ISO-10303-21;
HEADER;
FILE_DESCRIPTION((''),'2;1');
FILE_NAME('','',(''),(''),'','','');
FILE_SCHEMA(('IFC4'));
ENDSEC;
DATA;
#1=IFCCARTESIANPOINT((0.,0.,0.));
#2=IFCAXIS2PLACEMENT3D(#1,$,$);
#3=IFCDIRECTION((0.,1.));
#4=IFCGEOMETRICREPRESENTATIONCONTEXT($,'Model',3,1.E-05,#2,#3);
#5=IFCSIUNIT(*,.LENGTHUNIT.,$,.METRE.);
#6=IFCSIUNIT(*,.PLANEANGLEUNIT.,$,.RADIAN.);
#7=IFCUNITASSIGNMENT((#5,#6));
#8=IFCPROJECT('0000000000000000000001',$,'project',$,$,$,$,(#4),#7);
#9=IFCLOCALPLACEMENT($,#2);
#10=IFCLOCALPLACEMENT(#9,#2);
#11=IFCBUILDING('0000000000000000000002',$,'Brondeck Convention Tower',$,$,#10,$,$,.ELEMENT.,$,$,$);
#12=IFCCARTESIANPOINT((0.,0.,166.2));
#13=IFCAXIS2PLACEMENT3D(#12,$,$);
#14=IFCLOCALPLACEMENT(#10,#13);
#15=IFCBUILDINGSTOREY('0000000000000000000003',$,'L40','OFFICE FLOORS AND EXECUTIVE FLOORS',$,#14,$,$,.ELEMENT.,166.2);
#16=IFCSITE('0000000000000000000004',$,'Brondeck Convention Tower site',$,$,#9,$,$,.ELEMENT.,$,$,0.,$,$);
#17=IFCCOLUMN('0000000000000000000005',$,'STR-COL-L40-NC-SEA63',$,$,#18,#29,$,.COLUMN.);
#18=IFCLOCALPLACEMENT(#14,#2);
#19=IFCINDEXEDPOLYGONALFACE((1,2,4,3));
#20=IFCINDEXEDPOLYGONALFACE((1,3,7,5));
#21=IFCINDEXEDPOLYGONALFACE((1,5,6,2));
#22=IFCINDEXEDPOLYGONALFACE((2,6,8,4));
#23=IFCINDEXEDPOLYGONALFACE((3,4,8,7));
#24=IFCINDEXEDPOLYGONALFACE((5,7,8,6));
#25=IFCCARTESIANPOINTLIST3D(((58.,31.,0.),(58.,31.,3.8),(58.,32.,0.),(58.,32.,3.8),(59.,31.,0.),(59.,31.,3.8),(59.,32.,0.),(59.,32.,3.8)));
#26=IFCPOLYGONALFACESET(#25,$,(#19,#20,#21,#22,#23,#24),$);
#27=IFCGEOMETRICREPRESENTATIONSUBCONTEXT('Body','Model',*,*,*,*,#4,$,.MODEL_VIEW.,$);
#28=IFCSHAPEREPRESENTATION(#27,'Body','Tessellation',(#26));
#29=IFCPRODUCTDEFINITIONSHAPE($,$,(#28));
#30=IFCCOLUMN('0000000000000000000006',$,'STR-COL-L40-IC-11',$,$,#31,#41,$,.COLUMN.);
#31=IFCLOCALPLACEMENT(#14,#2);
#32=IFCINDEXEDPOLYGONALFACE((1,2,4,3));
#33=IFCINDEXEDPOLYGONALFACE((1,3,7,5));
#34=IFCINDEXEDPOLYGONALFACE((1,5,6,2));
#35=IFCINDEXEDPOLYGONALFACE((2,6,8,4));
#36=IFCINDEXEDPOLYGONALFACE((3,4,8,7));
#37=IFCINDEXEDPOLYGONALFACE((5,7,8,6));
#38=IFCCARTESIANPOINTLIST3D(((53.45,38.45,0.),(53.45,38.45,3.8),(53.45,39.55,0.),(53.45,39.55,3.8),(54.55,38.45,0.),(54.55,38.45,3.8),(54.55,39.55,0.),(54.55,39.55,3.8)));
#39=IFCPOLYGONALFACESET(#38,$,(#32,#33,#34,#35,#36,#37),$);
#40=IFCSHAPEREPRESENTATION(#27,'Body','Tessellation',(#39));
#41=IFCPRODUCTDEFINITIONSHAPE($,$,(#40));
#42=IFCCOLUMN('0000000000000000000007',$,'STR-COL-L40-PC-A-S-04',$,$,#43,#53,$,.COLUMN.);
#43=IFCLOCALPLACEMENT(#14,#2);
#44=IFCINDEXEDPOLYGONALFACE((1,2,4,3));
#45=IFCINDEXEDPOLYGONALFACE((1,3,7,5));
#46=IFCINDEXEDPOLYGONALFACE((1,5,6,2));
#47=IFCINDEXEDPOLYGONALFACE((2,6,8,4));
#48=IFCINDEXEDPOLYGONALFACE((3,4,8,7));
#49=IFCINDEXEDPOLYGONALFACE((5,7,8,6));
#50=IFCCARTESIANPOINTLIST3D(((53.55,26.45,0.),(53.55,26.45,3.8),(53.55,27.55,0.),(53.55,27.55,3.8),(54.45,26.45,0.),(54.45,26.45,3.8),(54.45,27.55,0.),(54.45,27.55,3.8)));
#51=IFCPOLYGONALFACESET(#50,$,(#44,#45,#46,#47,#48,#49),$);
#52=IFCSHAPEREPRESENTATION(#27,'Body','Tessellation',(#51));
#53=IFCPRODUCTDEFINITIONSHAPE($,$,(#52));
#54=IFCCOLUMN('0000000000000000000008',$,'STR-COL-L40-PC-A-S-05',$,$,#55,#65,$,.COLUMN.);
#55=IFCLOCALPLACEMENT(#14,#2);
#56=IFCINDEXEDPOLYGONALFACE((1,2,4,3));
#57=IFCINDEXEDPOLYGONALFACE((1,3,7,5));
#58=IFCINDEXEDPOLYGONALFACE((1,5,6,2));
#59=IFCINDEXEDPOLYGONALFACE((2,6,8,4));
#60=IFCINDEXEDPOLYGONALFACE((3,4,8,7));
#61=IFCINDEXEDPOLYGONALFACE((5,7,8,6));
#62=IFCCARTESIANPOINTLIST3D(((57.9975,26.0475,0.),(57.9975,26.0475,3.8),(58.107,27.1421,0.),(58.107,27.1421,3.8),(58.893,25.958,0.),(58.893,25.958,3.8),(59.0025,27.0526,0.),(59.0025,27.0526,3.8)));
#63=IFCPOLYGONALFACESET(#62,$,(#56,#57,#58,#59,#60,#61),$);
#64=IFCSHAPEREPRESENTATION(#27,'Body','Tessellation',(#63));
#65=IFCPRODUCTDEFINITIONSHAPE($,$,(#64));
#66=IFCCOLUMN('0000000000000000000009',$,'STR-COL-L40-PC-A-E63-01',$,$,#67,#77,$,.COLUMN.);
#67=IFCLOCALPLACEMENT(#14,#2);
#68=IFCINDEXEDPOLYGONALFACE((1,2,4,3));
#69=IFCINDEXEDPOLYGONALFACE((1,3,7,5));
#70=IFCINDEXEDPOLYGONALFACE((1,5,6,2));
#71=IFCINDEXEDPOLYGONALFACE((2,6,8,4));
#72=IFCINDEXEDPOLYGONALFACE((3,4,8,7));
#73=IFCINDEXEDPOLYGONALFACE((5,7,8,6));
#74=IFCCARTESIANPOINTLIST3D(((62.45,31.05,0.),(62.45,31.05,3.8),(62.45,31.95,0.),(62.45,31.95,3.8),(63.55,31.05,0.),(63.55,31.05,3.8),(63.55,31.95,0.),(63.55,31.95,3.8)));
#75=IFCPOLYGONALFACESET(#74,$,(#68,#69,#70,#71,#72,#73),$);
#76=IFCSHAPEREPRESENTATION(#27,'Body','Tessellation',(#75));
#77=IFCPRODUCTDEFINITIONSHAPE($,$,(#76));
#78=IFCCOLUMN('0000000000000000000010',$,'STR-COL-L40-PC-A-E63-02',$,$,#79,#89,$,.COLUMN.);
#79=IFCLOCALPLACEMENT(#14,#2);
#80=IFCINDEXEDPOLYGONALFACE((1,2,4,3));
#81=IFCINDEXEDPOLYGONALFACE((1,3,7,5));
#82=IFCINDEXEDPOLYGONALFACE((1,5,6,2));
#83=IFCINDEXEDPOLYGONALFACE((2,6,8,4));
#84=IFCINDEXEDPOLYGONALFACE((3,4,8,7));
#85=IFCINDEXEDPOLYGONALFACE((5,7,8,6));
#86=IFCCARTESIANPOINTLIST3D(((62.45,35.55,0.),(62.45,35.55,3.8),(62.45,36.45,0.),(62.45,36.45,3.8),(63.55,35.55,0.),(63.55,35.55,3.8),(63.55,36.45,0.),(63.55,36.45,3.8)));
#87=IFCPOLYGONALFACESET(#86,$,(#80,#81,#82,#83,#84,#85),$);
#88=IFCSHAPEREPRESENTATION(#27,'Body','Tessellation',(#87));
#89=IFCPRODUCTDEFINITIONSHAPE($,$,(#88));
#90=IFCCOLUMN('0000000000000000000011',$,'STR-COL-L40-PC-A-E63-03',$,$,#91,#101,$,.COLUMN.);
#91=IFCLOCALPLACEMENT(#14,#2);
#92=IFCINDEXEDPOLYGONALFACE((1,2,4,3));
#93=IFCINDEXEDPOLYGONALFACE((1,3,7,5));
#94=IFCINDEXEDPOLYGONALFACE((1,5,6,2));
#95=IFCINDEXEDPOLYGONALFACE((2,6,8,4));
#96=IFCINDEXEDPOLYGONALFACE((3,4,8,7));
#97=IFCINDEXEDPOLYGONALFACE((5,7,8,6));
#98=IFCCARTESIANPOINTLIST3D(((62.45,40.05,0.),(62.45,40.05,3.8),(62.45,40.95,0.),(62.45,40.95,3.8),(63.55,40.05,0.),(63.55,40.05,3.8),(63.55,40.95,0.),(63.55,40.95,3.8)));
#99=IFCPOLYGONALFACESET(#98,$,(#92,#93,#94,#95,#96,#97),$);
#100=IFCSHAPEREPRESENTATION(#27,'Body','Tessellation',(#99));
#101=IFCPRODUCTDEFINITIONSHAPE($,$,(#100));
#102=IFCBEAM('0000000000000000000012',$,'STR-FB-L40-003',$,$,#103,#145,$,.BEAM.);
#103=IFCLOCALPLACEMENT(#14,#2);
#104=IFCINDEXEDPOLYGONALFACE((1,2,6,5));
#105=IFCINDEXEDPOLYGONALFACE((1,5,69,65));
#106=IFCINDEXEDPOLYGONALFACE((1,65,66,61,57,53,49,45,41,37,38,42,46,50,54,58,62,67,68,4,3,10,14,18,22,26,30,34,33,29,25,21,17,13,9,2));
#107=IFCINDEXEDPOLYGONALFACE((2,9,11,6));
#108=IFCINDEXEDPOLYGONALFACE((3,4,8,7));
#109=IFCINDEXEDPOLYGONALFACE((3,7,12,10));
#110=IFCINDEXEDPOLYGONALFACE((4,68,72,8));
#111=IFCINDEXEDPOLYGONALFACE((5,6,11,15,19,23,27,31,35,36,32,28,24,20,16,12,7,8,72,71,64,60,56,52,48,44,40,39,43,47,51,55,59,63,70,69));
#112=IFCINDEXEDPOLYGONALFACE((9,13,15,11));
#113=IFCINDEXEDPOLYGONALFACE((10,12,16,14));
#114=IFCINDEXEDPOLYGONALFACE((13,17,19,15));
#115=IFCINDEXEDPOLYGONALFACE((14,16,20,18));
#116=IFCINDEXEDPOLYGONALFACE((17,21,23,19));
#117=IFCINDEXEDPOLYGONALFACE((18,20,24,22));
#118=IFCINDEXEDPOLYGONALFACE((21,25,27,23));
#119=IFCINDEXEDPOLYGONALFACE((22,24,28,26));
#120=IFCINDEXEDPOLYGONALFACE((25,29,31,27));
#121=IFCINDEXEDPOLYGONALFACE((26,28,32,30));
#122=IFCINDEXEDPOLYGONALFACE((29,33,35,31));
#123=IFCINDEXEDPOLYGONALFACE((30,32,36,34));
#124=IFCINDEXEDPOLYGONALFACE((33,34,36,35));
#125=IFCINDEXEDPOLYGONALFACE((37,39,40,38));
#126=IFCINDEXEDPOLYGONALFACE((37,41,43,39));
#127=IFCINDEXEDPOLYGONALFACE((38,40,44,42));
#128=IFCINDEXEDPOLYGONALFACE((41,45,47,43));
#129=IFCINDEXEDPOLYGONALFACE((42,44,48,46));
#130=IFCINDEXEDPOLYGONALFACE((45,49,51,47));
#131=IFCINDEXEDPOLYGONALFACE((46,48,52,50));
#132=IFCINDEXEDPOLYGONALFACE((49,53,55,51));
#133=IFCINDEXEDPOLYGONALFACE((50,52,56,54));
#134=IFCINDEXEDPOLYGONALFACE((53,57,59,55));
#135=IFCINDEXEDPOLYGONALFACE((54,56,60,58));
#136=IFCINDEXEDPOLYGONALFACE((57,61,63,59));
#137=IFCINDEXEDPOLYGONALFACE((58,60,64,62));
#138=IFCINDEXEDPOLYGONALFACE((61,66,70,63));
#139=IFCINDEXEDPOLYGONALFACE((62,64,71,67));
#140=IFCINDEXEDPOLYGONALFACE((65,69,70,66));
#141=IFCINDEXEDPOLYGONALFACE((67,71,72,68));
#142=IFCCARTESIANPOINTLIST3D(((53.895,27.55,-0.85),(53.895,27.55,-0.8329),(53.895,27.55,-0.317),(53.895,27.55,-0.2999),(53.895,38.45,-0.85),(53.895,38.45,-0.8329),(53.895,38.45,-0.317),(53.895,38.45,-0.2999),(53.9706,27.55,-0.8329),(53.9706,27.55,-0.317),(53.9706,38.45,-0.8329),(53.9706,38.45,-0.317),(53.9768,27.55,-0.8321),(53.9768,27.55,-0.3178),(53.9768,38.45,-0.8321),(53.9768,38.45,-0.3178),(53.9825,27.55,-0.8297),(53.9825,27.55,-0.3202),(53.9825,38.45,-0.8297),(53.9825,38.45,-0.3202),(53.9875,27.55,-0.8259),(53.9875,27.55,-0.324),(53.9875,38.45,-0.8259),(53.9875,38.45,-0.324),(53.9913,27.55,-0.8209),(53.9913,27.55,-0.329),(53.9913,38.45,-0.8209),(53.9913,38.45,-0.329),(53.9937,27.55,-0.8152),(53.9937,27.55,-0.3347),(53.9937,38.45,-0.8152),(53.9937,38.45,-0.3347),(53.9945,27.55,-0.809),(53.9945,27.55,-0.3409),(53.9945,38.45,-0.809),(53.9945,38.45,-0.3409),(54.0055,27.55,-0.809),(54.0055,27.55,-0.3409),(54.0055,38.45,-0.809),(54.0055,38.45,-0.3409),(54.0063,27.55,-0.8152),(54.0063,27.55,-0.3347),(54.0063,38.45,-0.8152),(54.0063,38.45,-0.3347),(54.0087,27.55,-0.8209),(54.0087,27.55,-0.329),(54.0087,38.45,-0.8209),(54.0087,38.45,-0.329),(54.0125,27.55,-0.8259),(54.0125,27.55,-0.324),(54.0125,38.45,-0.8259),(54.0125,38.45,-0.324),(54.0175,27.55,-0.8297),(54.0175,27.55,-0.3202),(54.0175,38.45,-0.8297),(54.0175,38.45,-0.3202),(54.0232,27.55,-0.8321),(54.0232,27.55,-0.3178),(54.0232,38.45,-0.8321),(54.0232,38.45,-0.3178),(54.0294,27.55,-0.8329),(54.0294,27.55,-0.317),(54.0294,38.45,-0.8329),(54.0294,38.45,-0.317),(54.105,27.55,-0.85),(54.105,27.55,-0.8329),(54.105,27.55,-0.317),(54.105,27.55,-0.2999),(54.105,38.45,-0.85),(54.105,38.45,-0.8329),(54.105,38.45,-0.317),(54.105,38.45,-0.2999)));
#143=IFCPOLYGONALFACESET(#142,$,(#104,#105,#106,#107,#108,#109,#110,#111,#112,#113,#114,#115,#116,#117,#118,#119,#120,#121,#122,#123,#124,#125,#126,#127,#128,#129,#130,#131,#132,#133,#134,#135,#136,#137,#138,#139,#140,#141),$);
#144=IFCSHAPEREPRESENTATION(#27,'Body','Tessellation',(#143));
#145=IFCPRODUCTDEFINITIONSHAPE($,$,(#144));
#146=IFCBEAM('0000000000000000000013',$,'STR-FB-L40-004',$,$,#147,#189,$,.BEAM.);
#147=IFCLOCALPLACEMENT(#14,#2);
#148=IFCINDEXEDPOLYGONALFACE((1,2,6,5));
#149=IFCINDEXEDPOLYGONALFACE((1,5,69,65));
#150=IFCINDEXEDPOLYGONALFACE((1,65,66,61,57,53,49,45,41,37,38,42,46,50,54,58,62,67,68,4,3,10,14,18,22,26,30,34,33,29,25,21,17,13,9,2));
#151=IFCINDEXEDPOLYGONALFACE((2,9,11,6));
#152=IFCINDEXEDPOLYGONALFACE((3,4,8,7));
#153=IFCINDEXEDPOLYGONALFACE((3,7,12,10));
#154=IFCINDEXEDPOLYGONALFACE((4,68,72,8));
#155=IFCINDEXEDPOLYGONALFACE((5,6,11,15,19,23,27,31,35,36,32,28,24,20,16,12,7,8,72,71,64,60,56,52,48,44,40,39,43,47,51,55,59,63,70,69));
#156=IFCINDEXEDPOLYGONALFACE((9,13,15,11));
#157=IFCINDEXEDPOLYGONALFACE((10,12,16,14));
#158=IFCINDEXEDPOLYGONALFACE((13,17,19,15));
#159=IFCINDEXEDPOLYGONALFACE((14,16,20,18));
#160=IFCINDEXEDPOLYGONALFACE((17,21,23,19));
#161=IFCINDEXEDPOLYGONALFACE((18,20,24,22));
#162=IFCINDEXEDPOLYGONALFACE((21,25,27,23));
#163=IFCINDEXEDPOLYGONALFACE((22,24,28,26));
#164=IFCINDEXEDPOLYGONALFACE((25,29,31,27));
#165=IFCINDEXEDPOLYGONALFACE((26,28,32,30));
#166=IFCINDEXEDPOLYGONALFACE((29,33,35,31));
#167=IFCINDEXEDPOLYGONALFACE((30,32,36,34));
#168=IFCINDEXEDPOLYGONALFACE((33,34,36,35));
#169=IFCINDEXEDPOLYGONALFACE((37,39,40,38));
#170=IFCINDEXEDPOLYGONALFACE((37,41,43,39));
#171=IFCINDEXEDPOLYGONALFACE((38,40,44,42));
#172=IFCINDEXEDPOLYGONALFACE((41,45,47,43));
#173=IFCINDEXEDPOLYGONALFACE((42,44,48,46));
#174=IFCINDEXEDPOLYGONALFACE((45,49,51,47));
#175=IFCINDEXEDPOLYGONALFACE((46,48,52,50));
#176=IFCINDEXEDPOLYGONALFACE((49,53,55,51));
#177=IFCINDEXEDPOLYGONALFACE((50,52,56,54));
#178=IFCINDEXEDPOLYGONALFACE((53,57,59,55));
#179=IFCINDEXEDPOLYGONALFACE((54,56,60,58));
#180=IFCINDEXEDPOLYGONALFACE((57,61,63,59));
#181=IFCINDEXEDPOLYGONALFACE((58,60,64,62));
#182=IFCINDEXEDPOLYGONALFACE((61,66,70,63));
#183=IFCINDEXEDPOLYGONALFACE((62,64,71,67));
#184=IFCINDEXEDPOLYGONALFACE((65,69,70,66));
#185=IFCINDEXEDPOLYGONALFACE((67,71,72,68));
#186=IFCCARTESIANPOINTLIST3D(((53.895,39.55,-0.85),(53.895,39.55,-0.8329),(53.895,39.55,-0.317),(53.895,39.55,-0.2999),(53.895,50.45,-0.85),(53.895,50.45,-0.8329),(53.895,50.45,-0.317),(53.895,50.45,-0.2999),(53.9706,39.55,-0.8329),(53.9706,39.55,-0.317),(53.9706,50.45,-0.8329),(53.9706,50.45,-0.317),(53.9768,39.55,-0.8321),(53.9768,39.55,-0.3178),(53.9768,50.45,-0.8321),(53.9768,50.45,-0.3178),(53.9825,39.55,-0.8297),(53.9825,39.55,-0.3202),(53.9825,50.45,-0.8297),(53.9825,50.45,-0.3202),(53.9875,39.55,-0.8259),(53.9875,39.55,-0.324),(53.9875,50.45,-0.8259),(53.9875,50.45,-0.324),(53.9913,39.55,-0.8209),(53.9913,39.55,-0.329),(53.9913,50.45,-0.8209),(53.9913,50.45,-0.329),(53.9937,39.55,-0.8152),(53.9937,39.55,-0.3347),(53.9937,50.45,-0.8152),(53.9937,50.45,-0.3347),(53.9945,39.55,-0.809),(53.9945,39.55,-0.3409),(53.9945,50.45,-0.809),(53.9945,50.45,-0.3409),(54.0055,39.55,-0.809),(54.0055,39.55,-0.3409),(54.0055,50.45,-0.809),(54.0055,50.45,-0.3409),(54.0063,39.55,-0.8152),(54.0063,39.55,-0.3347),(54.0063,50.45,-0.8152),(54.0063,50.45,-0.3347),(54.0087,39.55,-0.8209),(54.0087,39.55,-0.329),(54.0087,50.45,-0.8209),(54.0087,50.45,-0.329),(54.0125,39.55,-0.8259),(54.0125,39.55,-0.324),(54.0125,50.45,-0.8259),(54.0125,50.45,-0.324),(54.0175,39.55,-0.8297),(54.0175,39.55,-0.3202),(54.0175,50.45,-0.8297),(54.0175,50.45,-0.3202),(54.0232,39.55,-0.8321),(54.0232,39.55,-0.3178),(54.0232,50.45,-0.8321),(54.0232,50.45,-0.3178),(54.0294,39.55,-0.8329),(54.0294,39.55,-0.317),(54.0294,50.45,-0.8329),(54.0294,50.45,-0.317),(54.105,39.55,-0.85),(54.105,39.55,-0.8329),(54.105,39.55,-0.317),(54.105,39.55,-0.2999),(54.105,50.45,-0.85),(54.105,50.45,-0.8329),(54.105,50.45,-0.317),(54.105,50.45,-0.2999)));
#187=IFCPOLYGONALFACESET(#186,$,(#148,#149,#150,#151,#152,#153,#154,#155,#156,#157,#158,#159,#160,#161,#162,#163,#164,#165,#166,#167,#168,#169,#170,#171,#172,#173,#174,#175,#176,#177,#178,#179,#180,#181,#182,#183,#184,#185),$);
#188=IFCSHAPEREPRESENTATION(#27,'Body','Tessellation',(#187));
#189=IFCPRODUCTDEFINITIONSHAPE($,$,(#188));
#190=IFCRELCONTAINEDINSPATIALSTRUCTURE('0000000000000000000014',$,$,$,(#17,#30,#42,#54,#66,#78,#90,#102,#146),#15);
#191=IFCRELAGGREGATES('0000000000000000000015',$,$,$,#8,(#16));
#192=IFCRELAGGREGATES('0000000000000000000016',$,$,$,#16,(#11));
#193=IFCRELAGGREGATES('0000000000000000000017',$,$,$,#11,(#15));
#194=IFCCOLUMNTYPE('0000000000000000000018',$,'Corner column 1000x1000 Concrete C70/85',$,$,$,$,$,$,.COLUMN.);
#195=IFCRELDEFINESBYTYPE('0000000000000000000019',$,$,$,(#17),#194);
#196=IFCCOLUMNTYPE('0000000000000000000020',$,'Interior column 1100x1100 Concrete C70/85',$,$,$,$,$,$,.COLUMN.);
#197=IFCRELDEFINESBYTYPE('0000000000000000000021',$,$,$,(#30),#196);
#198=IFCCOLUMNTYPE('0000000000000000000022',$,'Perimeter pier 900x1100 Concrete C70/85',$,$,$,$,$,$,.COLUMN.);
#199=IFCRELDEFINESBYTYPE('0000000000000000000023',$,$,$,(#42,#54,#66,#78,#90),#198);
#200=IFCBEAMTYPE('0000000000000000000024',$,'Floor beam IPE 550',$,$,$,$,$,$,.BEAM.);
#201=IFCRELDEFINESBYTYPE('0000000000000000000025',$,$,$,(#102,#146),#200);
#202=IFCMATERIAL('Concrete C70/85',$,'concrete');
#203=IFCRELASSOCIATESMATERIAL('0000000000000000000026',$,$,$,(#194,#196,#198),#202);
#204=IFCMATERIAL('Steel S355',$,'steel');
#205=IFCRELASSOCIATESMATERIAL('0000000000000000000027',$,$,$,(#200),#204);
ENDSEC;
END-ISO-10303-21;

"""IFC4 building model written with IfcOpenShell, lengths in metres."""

from ifc_helpers import new_model, si_unit, direction, frame, origin, origin_2d, place, context, subcontext, project, spatial, rectangle, i_section, extrude, material, material_profile, profile_set, type_object, element, save


model = new_model("IFC4")

# Units and contexts
model_context = context("Model", 3, precision=1e-05, world=origin(), true_north=direction((0.0, 1.0)))
body_context = subcontext(model_context, "Body", "Model", "MODEL_VIEW")
ifc_project = project(units=[si_unit("LENGTHUNIT", "METRE"), si_unit("PLANEANGLEUNIT", "RADIAN")], contexts=[model_context])

# Site, building, storey
site_placement = place(None, origin())
site = spatial("IfcSite", under=ifc_project, at=site_placement, Name="Brondeck Convention Tower site", CompositionType="ELEMENT", RefElevation=0.0)
building_placement = place(site_placement, origin())
building = spatial("IfcBuilding", under=site, at=building_placement, Name="Brondeck Convention Tower", CompositionType="ELEMENT")
storey_placement = place(building_placement, frame((0.0, 0.0, 166.2)))
storey = spatial("IfcBuildingStorey", under=building, at=storey_placement, Name="L40", Description="OFFICE FLOORS AND EXECUTIVE FLOORS", CompositionType="ELEMENT", Elevation=166.2)

# Columns
ifc_material_1 = material(Name="Concrete C70/85", Category="concrete")
ifc_material_profile_1 = material_profile(ifc_material_1, rectangle(XDim=1.0, YDim=1.0, at=origin_2d()), Name="Corner column 1000x1000 Concrete C70/85")
ifc_profile_set_1 = profile_set([ifc_material_profile_1], Name="Concrete C70/85")
column_type_1 = type_object("IfcColumnType", Name="Corner column 1000x1000 Concrete C70/85", PredefinedType="COLUMN", material=ifc_profile_set_1)
column_1_placement = place(storey_placement, frame((58.5, 31.5, 0.0), z_axis=(0.0, 0.0, 1.0), x_axis=(1.0, 0.0, 0.0)))
element("IfcColumn", 1, at=column_1_placement, inside=storey, type_object=column_type_1, Name="STR-COL-L40-NC-SEA63", PredefinedType="COLUMN", context=body_context, shape_type="SweptSolid", body=[
    extrude(rectangle(XDim=1.0, YDim=1.0, at=origin_2d()), origin(), (0.0, 0.0, 1.0), 3.8),
])
ifc_material_profile_2 = material_profile(ifc_material_1, rectangle(XDim=1.1001, YDim=1.1001, at=origin_2d()), Name="Interior column 1100x1100 Concrete C70/85")
ifc_profile_set_2 = profile_set([ifc_material_profile_2], Name="Concrete C70/85")
column_type_2 = type_object("IfcColumnType", Name="Interior column 1100x1100 Concrete C70/85", PredefinedType="COLUMN", material=ifc_profile_set_2)
column_2_placement = place(storey_placement, frame((54.0, 39.0, 0.0), z_axis=(0.0, 0.0, 1.0), x_axis=(1.0, 0.0, 0.0)))
element("IfcColumn", 2, at=column_2_placement, inside=storey, type_object=column_type_2, Name="STR-COL-L40-IC-11", PredefinedType="COLUMN", context=body_context, shape_type="SweptSolid", body=[
    extrude(rectangle(XDim=1.1001, YDim=1.1001, at=origin_2d()), origin(), (0.0, 0.0, 1.0), 3.8),
])
ifc_material_profile_3 = material_profile(ifc_material_1, rectangle(XDim=0.8999, YDim=1.1001, at=origin_2d()), Name="Perimeter pier 900x1100 Concrete C70/85")
ifc_profile_set_3 = profile_set([ifc_material_profile_3], Name="Concrete C70/85")
column_type_3 = type_object("IfcColumnType", Name="Perimeter pier 900x1100 Concrete C70/85", PredefinedType="COLUMN", material=ifc_profile_set_3)
for number, where, z_axis, x_axis, name in (
    (3, (54.0, 27.0, 0.0), (0.0, 0.0, 1.0), (1.0, 0.0, 0.0), "STR-COL-L40-PC-A-S-04"),
    (4, (58.5, 26.55, 0.0), (0.0, 0.0, 1.0), (0.995037, -0.099504, 0.0), "STR-COL-L40-PC-A-S-05"),
    (5, (63.0, 31.5, 0.0), (0.0, 0.0, 1.0), (0.0, 1.0, 0.0), "STR-COL-L40-PC-A-E63-01"),
    (6, (63.0, 36.0, 0.0), (0.0, 0.0, 1.0), (0.0, 1.0, 0.0), "STR-COL-L40-PC-A-E63-02"),
    (7, (63.0, 40.5, 0.0), (0.0, 0.0, 1.0), (0.0, 1.0, 0.0), "STR-COL-L40-PC-A-E63-03"),
):
    element("IfcColumn", number, at=place(storey_placement, frame(where, z_axis=z_axis, x_axis=x_axis)), inside=storey, type_object=column_type_3, Name=name, PredefinedType="COLUMN", context=body_context, shape_type="SweptSolid", body=[
        extrude(rectangle(XDim=0.8999, YDim=1.1001, at=origin_2d()), origin(), (0.0, 0.0, 1.0), 3.8),
    ])

# Beams
ifc_material_2 = material(Name="Steel S355", Category="steel")
ifc_material_profile_4 = material_profile(ifc_material_2, i_section(OverallWidth=0.21, OverallDepth=0.55, WebThickness=0.011, FlangeThickness=0.0171, FilletRadius=0.0239, at=origin_2d()), Name="IPE 550")
ifc_profile_set_4 = profile_set([ifc_material_profile_4], Name="Steel S355")
beam_type_1 = type_object("IfcBeamType", Name="Floor beam IPE 550", PredefinedType="BEAM", material=ifc_profile_set_4)
for number, where, z_axis, x_axis, name in (
    (8, (54.0, 27.55, -0.575), (0.0, 1.0, 0.0), (-1.0, 0.0, 0.0), "STR-FB-L40-003"),
    (9, (54.0, 39.55, -0.575), (0.0, 1.0, 0.0), (-1.0, 0.0, 0.0), "STR-FB-L40-004"),
):
    element("IfcBeam", number, at=place(storey_placement, frame(where, z_axis=z_axis, x_axis=x_axis)), inside=storey, type_object=beam_type_1, Name=name, PredefinedType="BEAM", context=body_context, shape_type="SweptSolid", body=[
        extrude(i_section(OverallWidth=0.21, OverallDepth=0.55, WebThickness=0.011, FlangeThickness=0.0171, FilletRadius=0.0239, at=origin_2d()), origin(), (0.0, 0.0, 1.0), 10.8999),
    ])

save(model, "model.ifc")
